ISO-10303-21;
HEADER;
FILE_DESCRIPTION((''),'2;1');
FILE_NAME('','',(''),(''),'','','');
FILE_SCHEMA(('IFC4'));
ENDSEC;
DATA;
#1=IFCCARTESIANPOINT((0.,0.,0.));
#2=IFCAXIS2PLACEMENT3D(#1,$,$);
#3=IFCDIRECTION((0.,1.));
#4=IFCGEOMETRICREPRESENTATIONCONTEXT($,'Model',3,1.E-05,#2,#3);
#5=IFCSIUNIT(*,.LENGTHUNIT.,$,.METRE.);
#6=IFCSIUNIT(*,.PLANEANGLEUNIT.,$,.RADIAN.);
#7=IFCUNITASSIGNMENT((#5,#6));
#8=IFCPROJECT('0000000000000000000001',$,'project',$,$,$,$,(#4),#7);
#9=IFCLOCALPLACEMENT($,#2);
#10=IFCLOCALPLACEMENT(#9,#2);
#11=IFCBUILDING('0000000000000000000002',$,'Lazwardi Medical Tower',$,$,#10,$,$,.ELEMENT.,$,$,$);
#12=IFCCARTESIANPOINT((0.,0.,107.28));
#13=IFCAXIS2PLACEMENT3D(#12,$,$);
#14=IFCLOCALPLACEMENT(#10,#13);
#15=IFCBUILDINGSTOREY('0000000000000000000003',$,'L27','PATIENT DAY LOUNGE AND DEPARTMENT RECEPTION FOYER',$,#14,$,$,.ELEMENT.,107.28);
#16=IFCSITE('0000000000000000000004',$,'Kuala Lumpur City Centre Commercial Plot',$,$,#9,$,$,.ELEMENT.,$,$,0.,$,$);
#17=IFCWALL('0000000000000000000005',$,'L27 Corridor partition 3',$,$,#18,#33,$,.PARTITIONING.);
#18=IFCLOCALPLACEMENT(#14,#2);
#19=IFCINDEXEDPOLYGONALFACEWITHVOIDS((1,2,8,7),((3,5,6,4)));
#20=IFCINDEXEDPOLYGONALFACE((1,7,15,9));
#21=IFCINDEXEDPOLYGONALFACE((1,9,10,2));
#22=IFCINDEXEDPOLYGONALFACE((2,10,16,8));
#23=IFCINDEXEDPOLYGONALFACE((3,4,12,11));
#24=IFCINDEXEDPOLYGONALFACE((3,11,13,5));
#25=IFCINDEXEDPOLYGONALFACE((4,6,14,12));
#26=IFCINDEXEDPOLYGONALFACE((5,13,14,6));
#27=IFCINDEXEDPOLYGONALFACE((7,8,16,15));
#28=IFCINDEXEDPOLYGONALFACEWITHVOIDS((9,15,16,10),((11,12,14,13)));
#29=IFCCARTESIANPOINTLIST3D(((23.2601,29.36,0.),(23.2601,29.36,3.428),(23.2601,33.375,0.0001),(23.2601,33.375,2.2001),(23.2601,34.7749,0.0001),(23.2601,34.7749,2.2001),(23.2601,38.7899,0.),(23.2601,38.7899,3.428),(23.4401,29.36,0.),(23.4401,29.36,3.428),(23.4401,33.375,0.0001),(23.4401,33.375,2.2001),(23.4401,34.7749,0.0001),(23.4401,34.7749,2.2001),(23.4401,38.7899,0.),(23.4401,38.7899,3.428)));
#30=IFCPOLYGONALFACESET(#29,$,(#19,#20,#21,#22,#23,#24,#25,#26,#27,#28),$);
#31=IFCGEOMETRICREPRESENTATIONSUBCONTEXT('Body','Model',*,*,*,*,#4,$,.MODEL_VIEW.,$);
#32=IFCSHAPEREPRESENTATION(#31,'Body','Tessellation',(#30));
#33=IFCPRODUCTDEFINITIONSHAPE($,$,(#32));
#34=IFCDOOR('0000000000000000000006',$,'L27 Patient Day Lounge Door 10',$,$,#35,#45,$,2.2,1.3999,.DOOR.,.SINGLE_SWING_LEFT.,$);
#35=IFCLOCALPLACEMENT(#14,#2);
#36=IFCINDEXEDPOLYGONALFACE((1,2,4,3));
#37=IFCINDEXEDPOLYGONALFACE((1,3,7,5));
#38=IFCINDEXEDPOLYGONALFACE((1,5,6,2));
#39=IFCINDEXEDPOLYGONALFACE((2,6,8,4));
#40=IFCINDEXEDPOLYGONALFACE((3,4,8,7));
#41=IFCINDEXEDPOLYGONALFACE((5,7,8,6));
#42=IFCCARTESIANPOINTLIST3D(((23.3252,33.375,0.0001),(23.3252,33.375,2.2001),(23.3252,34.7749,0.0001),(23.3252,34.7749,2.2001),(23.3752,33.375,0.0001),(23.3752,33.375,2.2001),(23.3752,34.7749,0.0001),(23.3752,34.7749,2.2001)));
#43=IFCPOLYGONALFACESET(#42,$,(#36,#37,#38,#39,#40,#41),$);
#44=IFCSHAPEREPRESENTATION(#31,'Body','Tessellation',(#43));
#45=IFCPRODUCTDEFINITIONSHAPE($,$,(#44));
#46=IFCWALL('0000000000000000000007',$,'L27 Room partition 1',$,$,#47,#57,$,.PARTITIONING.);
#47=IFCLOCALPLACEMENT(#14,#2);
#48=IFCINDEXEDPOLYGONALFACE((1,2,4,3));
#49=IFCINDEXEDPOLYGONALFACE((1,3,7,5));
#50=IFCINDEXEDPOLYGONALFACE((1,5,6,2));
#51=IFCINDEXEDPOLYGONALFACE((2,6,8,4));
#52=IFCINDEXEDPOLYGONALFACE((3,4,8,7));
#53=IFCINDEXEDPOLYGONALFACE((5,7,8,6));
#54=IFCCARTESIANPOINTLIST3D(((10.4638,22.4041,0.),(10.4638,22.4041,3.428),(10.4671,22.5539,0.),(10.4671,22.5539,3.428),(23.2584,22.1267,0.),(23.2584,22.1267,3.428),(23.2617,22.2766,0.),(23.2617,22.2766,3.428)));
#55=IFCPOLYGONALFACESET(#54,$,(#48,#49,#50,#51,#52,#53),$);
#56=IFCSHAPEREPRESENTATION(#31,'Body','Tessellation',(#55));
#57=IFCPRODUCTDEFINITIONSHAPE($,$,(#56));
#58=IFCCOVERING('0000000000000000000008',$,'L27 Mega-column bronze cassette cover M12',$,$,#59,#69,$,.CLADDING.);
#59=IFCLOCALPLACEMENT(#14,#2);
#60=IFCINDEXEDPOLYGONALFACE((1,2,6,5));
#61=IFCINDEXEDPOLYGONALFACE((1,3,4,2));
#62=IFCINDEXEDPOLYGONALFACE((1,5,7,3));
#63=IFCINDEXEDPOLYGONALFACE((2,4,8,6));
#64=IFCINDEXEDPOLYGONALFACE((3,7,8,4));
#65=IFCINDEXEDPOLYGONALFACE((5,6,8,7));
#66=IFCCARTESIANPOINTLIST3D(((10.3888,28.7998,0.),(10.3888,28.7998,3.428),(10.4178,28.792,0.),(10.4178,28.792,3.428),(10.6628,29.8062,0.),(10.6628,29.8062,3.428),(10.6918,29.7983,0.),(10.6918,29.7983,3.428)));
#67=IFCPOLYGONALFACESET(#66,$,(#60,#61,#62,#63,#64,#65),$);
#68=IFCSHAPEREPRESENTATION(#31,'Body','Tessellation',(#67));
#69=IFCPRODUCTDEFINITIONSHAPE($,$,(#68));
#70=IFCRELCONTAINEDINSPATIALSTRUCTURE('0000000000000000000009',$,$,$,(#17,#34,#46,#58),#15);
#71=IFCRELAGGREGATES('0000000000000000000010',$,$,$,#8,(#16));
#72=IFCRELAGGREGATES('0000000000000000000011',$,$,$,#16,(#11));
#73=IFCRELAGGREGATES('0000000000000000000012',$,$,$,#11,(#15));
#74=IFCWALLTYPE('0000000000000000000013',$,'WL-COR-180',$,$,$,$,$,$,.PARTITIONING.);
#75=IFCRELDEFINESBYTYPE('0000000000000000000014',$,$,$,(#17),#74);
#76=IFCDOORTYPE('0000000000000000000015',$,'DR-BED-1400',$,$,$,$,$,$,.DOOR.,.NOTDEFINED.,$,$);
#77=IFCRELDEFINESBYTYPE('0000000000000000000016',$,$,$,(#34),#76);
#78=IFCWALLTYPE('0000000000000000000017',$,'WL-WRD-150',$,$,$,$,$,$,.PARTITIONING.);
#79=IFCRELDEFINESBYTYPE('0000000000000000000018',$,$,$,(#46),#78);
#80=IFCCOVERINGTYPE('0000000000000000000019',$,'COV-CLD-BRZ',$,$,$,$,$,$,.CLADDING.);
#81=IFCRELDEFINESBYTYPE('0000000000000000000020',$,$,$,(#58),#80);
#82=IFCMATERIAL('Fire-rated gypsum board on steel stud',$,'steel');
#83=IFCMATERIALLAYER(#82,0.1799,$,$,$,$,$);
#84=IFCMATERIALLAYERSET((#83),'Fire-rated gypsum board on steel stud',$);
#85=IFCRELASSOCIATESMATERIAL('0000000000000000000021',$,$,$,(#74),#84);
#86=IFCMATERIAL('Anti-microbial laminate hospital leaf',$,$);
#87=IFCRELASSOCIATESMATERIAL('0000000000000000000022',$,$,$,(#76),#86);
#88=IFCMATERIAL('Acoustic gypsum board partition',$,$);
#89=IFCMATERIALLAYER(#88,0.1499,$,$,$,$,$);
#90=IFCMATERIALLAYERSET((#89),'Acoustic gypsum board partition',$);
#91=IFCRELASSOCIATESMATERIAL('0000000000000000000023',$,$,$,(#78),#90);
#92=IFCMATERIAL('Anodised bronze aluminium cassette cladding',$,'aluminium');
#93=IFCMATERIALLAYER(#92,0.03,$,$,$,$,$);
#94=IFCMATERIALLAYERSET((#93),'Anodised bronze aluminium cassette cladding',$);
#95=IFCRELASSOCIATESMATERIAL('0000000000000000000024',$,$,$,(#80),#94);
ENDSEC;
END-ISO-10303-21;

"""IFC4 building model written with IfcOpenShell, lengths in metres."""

from ifc_helpers import new_model, si_unit, direction, frame, frame_2d, origin, origin_2d, place, context, subcontext, project, spatial, rectangle, extrude, material, layer, layer_set, type_object, element, fill, save


model = new_model("IFC4")

# Units and contexts
model_context = context("Model", 3, precision=1e-05, world=origin(), true_north=direction((0.0, 1.0)))
body_context = subcontext(model_context, "Body", "Model", "MODEL_VIEW")
ifc_project = project(units=[si_unit("LENGTHUNIT", "METRE"), si_unit("PLANEANGLEUNIT", "RADIAN")], contexts=[model_context])

# Site, building, storey
site_placement = place(None, origin())
site = spatial("IfcSite", under=ifc_project, at=site_placement, Name="Kuala Lumpur City Centre Commercial Plot", CompositionType="ELEMENT", RefElevation=0.0)
building_placement = place(site_placement, origin())
building = spatial("IfcBuilding", under=site, at=building_placement, Name="Lazwardi Medical Tower", CompositionType="ELEMENT")
storey_placement = place(building_placement, frame((0.0, 0.0, 107.28)))
storey = spatial("IfcBuildingStorey", under=building, at=storey_placement, Name="L27", Description="PATIENT DAY LOUNGE AND DEPARTMENT RECEPTION FOYER", CompositionType="ELEMENT", Elevation=107.28)

# Shared definitions
ifc_material_1 = material(Name="Fire-rated gypsum board on steel stud", Category="steel")
ifc_layer_1 = layer(ifc_material_1, 0.1799)
ifc_layer_set_1 = layer_set([ifc_layer_1], Name="Fire-rated gypsum board on steel stud")
wall_type_1 = type_object("IfcWallType", Name="WL-COR-180", PredefinedType="PARTITIONING", material=ifc_layer_set_1)

# Wall, opening, door
wall_1_placement = place(storey_placement, frame((23.3501, 29.3601, 0.0), z_axis=(0.0, 0.0, 1.0), x_axis=(0.0, 1.0, 0.0)))
wall_1 = element("IfcWall", 1, at=wall_1_placement, inside=storey, type_object=wall_type_1, Name="L27 Corridor partition 3", PredefinedType="PARTITIONING", context=body_context, shape_type="SweptSolid", body=[
    extrude(rectangle(XDim=9.4299, YDim=0.1799, at=frame_2d((4.7148, 0.0))), origin(), (0.0, 0.0, 1.0), 3.428),
])
opening_placement = place(wall_1_placement, frame((4.0149, 0.0, 0.0)))
opening = element("IfcOpeningElement", 2, at=opening_placement, cuts=wall_1, PredefinedType="OPENING", context=body_context, shape_type="SweptSolid", body=[
    extrude(rectangle(XDim=1.3999, YDim=2.2, at=frame_2d((0.7, 1.1001))), frame((0.0, 0.0999, 0.0), z_axis=(0.0, -1.0, 0.0), x_axis=(1.0, 0.0, 0.0)), (0.0, 0.0, 1.0), 0.2),
])
ifc_material_2 = material(Name="Anti-microbial laminate hospital leaf")
door_type = type_object("IfcDoorType", Name="DR-BED-1400", OperationType="NOTDEFINED", PredefinedType="DOOR", material=ifc_material_2)
door_placement = place(opening_placement, origin())
door = element("IfcDoor", 3, at=door_placement, inside=storey, type_object=door_type, Name="L27 Patient Day Lounge Door 10", OperationType="SINGLE_SWING_LEFT", OverallHeight=2.2, OverallWidth=1.3999, PredefinedType="DOOR", context=body_context, shape_type="SweptSolid", body=[
    extrude(rectangle(XDim=1.3999, YDim=2.2, at=frame_2d((0.7, 1.1001))), frame((0.0, 0.0249, 0.0), z_axis=(0.0, -1.0, 0.0), x_axis=(1.0, 0.0, 0.0)), (0.0, 0.0, 1.0), 0.05),
])
fill(opening, door)

# Wall
ifc_material_3 = material(Name="Acoustic gypsum board partition")
ifc_layer_2 = layer(ifc_material_3, 0.1499)
ifc_layer_set_2 = layer_set([ifc_layer_2], Name="Acoustic gypsum board partition")
wall_type_2 = type_object("IfcWallType", Name="WL-WRD-150", PredefinedType="PARTITIONING", material=ifc_layer_set_2)
wall_2_placement = place(storey_placement, frame((10.4653, 22.479, 0.0), z_axis=(0.0, 0.0, 1.0), x_axis=(0.999765, -0.021671, 0.0)))
element("IfcWall", 4, at=wall_2_placement, inside=storey, type_object=wall_type_2, Name="L27 Room partition 1", PredefinedType="PARTITIONING", context=body_context, shape_type="SweptSolid", body=[
    extrude(rectangle(XDim=12.7976, YDim=0.1499, at=frame_2d((6.3989, 0.0))), origin(), (0.0, 0.0, 1.0), 3.428),
])

# Covering
ifc_material_4 = material(Name="Anodised bronze aluminium cassette cladding", Category="aluminium")
ifc_layer_3 = layer(ifc_material_4, 0.03)
ifc_layer_set_3 = layer_set([ifc_layer_3], Name="Anodised bronze aluminium cassette cladding")
covering_type = type_object("IfcCoveringType", Name="COV-CLD-BRZ", PredefinedType="CLADDING", material=ifc_layer_set_3)
covering_placement = place(storey_placement, frame((10.5403, 29.2991, 0.0), z_axis=(0.0, 0.0, 1.0), x_axis=(-0.262696, -0.964879, 0.0)))
element("IfcCovering", 5, at=covering_placement, inside=storey, type_object=covering_type, Name="L27 Mega-column bronze cassette cover M12", PredefinedType="CLADDING", context=body_context, shape_type="SweptSolid", body=[
    extrude(rectangle(XDim=1.043, YDim=0.03, at=origin_2d()), origin(), (0.0, 0.0, 1.0), 3.428),
])

save(model, "model.ifc")
